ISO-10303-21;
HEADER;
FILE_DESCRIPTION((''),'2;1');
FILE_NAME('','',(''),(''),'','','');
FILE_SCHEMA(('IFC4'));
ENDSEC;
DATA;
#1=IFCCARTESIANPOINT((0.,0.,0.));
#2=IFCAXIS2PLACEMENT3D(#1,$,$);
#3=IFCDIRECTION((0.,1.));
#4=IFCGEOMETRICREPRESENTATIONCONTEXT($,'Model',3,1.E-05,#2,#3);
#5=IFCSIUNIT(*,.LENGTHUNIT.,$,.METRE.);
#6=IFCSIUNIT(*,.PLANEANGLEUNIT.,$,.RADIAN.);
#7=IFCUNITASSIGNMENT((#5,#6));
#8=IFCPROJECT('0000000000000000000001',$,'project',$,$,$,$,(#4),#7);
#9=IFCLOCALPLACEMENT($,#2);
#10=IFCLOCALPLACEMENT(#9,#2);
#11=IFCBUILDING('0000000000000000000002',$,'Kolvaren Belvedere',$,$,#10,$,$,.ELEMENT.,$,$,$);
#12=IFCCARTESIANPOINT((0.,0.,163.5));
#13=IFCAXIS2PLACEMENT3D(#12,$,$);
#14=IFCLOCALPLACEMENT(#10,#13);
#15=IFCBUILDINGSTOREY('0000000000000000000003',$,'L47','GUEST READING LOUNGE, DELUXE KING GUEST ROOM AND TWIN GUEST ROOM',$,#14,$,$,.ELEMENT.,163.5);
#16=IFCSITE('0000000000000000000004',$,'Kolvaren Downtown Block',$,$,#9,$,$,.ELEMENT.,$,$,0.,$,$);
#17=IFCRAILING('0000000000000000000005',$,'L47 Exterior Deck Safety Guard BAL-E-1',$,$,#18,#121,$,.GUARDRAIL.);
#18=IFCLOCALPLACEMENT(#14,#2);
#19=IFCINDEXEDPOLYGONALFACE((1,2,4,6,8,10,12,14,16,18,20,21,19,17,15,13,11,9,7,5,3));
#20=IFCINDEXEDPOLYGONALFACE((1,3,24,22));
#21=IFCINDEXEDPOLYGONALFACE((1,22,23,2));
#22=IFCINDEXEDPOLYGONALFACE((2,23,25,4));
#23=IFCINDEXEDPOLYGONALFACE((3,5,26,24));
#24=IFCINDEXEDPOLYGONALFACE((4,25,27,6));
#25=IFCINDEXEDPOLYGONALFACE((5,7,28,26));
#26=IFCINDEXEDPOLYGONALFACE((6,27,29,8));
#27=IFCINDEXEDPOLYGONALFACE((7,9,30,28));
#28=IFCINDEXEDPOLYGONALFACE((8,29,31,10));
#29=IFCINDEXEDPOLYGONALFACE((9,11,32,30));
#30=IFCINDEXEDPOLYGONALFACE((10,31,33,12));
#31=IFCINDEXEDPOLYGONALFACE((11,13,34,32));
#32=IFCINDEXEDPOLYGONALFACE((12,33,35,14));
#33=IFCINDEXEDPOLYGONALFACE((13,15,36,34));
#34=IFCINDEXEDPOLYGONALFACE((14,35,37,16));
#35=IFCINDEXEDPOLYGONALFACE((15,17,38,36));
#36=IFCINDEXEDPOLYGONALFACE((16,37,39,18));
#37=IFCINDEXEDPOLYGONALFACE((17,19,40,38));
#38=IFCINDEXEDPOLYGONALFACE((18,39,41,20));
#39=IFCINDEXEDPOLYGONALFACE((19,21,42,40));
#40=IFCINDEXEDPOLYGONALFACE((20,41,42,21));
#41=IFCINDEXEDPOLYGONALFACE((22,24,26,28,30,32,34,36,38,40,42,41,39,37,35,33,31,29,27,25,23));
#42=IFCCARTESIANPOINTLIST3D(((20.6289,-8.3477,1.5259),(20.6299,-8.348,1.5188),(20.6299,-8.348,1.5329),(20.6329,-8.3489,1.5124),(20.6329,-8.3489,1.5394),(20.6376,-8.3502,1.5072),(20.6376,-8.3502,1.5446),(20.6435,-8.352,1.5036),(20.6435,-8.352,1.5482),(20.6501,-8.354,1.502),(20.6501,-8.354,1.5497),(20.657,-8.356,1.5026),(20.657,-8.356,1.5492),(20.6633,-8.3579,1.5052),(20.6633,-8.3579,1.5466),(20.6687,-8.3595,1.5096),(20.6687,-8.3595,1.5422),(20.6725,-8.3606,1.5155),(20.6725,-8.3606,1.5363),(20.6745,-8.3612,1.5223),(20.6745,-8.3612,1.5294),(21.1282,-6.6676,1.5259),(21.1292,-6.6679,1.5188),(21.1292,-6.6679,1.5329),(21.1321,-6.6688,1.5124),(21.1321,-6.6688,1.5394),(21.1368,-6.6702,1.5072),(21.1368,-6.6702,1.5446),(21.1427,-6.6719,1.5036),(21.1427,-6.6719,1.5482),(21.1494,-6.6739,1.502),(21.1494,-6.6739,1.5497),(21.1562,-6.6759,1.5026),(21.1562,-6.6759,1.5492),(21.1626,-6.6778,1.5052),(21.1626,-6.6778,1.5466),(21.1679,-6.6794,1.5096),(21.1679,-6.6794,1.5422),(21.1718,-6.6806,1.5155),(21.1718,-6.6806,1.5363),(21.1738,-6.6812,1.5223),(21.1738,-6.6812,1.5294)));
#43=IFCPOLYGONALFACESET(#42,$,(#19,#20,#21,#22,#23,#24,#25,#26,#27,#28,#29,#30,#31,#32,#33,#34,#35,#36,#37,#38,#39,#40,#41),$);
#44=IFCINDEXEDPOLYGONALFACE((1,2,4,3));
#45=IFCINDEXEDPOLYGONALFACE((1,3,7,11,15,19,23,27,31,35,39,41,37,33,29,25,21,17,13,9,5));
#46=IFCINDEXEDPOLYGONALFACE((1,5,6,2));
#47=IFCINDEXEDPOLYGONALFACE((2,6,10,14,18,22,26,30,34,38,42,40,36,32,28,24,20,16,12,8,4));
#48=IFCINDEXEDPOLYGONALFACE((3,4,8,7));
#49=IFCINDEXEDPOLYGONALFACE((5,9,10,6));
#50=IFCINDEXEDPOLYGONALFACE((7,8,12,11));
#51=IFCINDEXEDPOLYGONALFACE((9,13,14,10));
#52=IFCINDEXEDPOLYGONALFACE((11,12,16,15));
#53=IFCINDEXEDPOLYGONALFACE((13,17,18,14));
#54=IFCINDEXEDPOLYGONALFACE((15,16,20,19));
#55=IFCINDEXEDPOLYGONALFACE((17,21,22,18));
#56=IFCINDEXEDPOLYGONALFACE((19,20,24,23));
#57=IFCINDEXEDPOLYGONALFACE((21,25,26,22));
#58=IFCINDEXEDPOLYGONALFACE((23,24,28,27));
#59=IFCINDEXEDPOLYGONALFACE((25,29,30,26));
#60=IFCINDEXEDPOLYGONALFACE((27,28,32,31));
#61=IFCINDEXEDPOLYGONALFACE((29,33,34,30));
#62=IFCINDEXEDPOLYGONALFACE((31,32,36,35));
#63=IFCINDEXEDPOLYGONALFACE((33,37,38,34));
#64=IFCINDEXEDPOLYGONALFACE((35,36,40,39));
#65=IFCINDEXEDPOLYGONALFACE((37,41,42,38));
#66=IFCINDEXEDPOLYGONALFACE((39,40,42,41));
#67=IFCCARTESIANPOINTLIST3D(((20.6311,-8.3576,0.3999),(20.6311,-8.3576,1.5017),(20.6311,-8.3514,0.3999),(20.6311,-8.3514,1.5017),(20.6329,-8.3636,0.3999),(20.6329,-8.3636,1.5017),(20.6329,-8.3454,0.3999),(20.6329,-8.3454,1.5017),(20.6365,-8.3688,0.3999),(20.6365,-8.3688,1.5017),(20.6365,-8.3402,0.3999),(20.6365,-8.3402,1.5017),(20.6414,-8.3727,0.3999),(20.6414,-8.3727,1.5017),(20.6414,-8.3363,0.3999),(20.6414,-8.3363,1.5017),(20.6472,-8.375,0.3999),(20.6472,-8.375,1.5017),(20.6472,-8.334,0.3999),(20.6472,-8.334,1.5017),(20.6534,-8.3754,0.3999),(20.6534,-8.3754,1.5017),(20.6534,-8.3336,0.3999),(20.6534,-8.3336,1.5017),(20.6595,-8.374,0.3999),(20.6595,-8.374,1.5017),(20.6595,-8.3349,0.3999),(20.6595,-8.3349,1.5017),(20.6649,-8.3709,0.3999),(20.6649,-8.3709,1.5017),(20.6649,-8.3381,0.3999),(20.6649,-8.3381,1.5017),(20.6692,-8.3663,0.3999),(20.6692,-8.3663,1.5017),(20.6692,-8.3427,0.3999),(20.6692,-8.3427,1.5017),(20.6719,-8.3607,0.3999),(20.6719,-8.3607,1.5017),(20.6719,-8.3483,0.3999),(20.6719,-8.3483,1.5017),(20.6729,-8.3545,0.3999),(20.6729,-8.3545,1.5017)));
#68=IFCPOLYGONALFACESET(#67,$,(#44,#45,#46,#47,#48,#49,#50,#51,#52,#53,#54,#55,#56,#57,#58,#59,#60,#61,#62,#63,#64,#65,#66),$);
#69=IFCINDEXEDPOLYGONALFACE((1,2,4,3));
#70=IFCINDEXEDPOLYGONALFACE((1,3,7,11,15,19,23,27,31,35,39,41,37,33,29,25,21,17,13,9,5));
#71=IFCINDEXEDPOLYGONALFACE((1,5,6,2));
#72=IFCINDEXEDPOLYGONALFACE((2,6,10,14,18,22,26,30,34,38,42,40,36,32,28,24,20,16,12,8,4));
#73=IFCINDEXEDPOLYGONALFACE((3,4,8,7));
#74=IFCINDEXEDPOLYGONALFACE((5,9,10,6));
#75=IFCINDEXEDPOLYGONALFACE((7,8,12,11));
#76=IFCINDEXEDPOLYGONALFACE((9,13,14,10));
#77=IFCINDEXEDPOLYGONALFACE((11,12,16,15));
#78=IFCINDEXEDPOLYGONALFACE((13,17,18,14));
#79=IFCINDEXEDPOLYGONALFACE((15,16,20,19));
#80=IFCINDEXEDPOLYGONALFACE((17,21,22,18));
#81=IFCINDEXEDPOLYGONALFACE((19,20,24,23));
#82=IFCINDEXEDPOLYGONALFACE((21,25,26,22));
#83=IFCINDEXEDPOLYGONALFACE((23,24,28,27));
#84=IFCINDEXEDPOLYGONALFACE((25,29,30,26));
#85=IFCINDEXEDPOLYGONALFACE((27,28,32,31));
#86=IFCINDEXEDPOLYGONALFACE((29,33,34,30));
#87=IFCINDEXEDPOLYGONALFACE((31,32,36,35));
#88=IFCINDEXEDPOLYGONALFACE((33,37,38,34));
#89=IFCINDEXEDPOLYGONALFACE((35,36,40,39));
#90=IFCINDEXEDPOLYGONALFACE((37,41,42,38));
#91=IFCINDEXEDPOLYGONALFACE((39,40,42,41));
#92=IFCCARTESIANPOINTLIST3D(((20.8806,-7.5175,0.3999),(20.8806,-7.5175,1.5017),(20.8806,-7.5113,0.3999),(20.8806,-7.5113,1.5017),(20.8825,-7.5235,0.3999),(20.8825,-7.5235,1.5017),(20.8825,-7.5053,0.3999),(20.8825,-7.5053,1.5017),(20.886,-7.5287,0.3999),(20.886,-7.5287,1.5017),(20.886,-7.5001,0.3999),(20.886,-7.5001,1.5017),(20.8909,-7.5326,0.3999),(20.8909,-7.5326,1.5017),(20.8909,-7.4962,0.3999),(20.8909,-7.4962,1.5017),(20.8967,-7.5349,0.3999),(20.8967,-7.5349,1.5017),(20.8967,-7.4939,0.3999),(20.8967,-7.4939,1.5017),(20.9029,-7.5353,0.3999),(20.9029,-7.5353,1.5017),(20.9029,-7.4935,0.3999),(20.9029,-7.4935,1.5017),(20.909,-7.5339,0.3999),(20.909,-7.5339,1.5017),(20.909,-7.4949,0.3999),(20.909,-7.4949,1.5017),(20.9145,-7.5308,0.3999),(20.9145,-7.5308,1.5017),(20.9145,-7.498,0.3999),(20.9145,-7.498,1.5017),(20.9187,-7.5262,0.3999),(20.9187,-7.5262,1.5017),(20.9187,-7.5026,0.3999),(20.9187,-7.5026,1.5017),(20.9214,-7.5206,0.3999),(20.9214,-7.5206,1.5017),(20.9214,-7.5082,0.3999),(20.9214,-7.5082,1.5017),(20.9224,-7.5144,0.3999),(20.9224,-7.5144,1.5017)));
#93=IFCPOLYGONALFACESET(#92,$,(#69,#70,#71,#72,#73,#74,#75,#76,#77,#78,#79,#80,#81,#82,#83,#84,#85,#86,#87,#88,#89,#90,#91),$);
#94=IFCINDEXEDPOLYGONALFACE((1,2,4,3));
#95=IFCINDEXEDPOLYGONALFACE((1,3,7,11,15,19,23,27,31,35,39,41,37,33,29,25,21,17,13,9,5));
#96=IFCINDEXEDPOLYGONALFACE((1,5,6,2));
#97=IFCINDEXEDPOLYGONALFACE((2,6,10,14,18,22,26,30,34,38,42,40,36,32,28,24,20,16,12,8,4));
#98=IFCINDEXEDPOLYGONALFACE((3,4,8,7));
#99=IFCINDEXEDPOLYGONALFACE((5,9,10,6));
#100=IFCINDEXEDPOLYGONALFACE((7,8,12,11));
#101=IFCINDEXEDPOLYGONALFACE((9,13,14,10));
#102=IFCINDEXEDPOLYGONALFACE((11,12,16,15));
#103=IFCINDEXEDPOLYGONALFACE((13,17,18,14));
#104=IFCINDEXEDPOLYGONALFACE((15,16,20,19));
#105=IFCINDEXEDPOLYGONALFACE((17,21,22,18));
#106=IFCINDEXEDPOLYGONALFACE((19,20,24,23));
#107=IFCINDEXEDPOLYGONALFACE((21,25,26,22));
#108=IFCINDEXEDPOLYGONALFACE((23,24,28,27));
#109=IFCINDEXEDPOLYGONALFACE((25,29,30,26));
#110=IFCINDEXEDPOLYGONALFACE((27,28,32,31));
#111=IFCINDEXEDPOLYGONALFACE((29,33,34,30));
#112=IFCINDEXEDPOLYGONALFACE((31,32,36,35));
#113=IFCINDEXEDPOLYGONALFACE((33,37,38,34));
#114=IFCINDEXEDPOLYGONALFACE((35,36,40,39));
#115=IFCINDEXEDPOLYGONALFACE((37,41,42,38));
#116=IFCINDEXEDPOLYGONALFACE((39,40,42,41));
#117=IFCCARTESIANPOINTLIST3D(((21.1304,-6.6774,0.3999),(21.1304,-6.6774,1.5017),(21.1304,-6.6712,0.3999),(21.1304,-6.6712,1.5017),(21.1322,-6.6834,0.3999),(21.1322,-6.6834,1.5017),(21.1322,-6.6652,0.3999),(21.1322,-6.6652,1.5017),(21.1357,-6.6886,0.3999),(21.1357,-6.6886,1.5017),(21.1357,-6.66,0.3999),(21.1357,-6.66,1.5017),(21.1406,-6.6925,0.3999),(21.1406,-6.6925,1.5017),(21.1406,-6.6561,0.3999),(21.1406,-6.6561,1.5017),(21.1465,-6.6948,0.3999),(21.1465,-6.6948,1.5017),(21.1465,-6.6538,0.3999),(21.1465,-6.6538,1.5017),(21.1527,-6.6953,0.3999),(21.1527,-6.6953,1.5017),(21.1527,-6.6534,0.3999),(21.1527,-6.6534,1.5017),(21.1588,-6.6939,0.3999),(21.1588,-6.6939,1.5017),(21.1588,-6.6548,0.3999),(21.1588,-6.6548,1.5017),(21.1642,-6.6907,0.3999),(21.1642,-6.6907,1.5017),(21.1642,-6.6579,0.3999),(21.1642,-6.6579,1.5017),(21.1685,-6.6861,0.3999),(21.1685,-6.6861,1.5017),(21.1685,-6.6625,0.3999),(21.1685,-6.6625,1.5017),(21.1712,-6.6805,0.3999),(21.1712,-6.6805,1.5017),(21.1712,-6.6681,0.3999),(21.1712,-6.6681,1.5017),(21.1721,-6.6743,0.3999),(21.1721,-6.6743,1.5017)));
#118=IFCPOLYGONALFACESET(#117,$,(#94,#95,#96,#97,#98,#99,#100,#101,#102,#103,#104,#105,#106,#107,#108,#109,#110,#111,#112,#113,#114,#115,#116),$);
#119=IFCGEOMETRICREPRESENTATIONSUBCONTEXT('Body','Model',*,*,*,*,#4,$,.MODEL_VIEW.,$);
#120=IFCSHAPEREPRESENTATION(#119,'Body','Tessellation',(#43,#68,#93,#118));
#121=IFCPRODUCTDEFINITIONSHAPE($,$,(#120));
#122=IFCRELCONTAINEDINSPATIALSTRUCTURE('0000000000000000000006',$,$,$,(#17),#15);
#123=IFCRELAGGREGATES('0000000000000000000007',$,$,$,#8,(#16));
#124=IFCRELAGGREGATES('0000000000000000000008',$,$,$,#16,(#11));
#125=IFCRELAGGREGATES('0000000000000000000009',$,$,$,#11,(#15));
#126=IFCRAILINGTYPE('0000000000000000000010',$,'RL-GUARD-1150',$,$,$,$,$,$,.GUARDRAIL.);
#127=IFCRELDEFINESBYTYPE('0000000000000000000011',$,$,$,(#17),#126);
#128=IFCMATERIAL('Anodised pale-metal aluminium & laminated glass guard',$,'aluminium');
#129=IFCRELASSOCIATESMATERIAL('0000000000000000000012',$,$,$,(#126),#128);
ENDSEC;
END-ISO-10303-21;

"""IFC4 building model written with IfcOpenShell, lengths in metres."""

from ifc_helpers import new_model, si_unit, direction, frame, origin, origin_2d, place, context, subcontext, project, spatial, circle, extrude, material, type_object, element, save


model = new_model("IFC4")

# Units and contexts
model_context = context("Model", 3, precision=1e-05, world=origin(), true_north=direction((0.0, 1.0)))
body_context = subcontext(model_context, "Body", "Model", "MODEL_VIEW")
ifc_project = project(units=[si_unit("LENGTHUNIT", "METRE"), si_unit("PLANEANGLEUNIT", "RADIAN")], contexts=[model_context])

# Site, building, storey
site_placement = place(None, origin())
site = spatial("IfcSite", under=ifc_project, at=site_placement, Name="Kolvaren Downtown Block", CompositionType="ELEMENT", RefElevation=0.0)
building_placement = place(site_placement, origin())
building = spatial("IfcBuilding", under=site, at=building_placement, Name="Kolvaren Belvedere", CompositionType="ELEMENT")
storey_placement = place(building_placement, frame((0.0, 0.0, 163.5)))
storey = spatial("IfcBuildingStorey", under=building, at=storey_placement, Name="L47", Description="GUEST READING LOUNGE, DELUXE KING GUEST ROOM AND TWIN GUEST ROOM", CompositionType="ELEMENT", Elevation=163.5)

# Railing
ifc_material_1 = material(Name="Anodised pale-metal aluminium & laminated glass guard", Category="aluminium")
railing_type = type_object("IfcRailingType", Name="RL-GUARD-1150", PredefinedType="GUARDRAIL", material=ifc_material_1)
railing_1_placement = place(storey_placement, frame((20.6519, -8.3545, 0.3999)))
element("IfcRailing", 1, at=railing_1_placement, inside=storey, type_object=railing_type, Name="L47 Exterior Deck Safety Guard BAL-E-1", PredefinedType="GUARDRAIL", context=body_context, shape_type="SweptSolid", body=[
    extrude(circle(Radius=0.0239, at=origin_2d()), frame((0.0, 0.0, 1.126), z_axis=(0.284842, 0.958574, 0.0), x_axis=(-0.958574, 0.284842, 0.0)), (0.0, 0.0, 1.0), 1.7527),
    extrude(circle(Radius=0.021, at=origin_2d()), origin(), (0.0, 0.0, 1.0), 1.1018),
    extrude(circle(Radius=0.021, at=origin_2d()), frame((0.2495, 0.8401, 0.0)), (0.0, 0.0, 1.0), 1.1018),
    extrude(circle(Radius=0.021, at=origin_2d()), frame((0.4993, 1.6802, 0.0)), (0.0, 0.0, 1.0), 1.1018),
])

save(model, "model.ifc")
